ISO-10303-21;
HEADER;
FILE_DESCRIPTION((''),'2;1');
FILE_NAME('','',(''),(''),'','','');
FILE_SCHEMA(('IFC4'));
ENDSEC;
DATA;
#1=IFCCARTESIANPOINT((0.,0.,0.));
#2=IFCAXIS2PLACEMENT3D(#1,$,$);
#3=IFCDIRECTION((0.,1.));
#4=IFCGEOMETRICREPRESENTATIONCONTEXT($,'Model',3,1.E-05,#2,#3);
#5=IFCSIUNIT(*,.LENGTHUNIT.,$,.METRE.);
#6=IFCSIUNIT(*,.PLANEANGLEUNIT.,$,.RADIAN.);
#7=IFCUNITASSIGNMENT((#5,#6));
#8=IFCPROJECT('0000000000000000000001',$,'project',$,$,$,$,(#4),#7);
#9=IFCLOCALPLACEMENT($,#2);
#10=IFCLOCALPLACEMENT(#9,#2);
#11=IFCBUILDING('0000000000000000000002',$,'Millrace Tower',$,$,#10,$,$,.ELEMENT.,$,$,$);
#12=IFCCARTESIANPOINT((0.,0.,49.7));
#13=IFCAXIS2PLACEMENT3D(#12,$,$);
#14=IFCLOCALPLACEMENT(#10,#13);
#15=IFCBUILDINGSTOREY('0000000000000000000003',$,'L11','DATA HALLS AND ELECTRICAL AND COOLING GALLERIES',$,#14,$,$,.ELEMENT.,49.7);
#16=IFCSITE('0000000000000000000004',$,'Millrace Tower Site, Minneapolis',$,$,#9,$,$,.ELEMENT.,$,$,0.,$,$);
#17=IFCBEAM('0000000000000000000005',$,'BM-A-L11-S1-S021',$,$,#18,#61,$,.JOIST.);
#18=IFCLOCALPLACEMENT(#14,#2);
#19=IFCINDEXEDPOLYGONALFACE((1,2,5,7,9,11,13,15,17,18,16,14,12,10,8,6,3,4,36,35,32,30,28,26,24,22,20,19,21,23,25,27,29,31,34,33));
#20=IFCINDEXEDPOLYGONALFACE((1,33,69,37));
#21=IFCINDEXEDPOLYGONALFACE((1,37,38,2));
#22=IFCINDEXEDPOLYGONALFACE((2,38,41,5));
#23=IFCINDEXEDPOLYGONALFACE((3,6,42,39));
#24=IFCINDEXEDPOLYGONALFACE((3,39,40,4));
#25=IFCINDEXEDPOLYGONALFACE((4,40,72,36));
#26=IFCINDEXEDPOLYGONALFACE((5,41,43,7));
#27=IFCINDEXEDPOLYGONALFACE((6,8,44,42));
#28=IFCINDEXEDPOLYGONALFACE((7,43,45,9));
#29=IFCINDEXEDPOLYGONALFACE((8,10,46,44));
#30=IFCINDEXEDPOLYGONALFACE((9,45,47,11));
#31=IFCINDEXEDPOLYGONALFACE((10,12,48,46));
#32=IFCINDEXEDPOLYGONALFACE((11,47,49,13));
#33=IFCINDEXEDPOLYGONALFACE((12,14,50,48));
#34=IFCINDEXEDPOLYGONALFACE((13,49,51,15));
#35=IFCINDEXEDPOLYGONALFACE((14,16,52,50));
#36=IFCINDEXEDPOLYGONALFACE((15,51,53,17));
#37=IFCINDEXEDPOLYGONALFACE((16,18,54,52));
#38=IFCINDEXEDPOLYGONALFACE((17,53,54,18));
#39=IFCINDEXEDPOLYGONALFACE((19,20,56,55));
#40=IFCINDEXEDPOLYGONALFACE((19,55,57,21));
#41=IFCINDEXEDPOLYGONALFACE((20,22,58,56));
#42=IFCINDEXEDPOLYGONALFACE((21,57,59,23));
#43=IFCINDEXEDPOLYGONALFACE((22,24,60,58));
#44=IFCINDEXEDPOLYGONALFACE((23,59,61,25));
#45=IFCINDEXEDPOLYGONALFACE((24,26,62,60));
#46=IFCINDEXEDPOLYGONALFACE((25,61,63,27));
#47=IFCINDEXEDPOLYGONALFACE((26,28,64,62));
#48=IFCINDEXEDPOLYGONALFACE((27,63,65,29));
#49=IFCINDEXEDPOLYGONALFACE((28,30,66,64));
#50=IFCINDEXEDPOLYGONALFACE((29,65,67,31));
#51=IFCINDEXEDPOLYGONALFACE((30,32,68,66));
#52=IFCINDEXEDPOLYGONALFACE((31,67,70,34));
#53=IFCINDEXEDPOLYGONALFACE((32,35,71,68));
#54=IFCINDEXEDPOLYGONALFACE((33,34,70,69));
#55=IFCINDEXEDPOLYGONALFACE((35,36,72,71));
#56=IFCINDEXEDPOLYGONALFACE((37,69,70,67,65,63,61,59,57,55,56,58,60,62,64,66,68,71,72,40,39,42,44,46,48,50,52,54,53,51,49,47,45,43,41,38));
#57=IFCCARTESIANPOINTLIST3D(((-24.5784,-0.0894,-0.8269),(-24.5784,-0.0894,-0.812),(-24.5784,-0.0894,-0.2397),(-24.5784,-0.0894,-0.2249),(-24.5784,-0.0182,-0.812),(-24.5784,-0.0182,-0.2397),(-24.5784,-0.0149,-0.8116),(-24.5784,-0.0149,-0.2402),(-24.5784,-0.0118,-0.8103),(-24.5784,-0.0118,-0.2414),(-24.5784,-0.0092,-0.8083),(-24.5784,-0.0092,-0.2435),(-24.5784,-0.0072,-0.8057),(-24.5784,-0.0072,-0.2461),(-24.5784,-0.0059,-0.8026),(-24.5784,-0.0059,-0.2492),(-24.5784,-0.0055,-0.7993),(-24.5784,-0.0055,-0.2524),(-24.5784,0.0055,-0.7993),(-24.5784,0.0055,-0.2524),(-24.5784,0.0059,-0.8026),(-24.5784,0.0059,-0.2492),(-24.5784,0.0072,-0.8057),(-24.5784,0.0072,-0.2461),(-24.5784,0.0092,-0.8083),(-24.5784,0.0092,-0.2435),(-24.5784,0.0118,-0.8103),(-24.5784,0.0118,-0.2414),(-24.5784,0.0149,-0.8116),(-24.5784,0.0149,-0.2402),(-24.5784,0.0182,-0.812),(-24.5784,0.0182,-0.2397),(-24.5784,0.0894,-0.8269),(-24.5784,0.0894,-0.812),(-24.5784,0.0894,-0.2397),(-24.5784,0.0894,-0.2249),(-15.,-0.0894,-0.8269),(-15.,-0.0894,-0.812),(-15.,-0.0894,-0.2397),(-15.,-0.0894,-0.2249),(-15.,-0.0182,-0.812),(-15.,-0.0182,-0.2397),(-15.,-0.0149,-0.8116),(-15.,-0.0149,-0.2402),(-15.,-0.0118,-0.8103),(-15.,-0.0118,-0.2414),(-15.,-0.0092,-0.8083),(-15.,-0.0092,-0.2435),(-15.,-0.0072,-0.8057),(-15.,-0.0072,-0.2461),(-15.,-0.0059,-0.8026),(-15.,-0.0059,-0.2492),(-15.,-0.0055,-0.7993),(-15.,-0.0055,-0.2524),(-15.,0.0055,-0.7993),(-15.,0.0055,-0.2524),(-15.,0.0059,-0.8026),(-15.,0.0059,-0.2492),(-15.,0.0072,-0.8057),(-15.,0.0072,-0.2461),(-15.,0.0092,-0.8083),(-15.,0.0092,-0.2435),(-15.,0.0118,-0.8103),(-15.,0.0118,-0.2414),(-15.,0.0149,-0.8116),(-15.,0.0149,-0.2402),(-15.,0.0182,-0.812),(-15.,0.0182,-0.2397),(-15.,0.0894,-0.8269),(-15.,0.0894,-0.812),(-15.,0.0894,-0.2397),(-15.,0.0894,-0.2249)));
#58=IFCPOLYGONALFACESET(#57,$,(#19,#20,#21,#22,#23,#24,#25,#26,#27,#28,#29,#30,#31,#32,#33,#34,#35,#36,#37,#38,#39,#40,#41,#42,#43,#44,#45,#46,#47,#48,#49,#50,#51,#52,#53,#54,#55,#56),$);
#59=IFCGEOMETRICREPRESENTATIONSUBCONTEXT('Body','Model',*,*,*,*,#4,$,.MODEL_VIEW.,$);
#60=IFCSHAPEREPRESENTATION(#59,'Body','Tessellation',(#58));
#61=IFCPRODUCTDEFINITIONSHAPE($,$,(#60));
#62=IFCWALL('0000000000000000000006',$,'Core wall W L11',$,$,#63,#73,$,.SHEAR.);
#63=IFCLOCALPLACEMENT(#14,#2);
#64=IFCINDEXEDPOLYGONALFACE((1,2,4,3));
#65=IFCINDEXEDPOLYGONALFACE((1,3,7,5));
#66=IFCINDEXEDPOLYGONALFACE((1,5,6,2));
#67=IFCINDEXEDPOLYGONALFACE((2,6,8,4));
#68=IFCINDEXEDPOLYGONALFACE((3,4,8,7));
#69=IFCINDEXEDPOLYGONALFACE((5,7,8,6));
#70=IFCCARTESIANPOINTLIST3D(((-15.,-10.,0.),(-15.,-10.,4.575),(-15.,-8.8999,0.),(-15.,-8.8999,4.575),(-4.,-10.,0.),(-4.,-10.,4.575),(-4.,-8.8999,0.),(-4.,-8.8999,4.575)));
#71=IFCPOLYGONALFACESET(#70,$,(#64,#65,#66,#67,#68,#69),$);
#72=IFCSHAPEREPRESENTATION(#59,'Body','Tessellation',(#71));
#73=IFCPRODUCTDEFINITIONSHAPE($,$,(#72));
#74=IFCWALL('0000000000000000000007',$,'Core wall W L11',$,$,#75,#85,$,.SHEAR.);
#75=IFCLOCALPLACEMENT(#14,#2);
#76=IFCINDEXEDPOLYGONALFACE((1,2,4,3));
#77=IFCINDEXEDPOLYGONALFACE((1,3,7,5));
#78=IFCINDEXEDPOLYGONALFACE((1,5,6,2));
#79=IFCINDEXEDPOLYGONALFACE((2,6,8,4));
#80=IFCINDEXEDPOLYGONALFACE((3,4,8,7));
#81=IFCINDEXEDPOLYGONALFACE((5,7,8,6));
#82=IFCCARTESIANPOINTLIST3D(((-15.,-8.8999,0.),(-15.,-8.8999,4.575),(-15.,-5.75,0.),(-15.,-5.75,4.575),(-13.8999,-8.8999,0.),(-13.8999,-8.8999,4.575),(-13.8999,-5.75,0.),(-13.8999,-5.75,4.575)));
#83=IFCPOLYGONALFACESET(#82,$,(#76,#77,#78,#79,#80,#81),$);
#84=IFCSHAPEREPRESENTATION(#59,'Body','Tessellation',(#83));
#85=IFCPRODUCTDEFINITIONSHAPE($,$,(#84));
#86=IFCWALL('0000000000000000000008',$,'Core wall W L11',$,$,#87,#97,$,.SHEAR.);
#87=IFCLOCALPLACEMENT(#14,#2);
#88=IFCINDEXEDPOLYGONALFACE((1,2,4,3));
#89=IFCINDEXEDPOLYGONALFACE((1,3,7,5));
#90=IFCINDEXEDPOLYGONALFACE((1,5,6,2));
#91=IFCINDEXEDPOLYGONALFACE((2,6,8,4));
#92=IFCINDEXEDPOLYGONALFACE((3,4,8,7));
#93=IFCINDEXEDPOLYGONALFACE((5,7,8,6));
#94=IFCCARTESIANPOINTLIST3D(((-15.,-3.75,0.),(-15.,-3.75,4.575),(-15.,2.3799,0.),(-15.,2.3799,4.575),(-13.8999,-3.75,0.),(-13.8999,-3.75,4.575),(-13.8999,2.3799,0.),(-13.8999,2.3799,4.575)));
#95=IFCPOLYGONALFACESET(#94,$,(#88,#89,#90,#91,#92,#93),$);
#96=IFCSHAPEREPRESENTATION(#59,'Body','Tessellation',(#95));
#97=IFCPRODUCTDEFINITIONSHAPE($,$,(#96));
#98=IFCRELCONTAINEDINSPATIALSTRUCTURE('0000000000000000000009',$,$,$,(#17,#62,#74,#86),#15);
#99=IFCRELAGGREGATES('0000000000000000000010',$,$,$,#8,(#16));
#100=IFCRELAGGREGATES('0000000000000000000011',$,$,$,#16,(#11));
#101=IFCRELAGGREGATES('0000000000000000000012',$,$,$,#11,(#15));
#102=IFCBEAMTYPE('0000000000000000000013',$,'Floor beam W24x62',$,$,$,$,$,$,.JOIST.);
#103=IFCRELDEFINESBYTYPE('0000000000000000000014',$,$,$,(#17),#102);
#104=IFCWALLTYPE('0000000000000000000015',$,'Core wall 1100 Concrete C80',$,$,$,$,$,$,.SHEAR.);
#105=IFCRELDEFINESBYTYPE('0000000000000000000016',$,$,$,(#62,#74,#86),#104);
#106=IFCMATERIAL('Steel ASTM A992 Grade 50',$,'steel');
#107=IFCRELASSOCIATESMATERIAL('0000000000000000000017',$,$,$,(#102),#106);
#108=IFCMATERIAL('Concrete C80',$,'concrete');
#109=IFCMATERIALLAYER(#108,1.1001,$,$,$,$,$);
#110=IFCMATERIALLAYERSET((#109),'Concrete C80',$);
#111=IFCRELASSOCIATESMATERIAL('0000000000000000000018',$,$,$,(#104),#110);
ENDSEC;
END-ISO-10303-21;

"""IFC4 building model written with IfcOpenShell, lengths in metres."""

from ifc_helpers import new_model, si_unit, direction, frame, frame_2d, origin, origin_2d, place, context, subcontext, project, spatial, rectangle, i_section, extrude, material, layer, layer_set, material_profile, profile_set, type_object, element, save


model = new_model("IFC4")

# Units and contexts
model_context = context("Model", 3, precision=1e-05, world=origin(), true_north=direction((0.0, 1.0)))
body_context = subcontext(model_context, "Body", "Model", "MODEL_VIEW")
ifc_project = project(units=[si_unit("LENGTHUNIT", "METRE"), si_unit("PLANEANGLEUNIT", "RADIAN")], contexts=[model_context])

# Site, building, storey
site_placement = place(None, origin())
site = spatial("IfcSite", under=ifc_project, at=site_placement, Name="Millrace Tower Site, Minneapolis", CompositionType="ELEMENT", RefElevation=0.0)
building_placement = place(site_placement, origin())
building = spatial("IfcBuilding", under=site, at=building_placement, Name="Millrace Tower", CompositionType="ELEMENT")
storey_placement = place(building_placement, frame((0.0, 0.0, 49.7)))
storey = spatial("IfcBuildingStorey", under=building, at=storey_placement, Name="L11", Description="DATA HALLS AND ELECTRICAL AND COOLING GALLERIES", CompositionType="ELEMENT", Elevation=49.7)

# Beam
ifc_material_1 = material(Name="Steel ASTM A992 Grade 50", Category="steel")
ifc_material_profile_1 = material_profile(ifc_material_1, i_section(OverallWidth=0.1787, OverallDepth=0.6021, WebThickness=0.011, FlangeThickness=0.0149, FilletRadius=0.0127, at=origin_2d()))
ifc_profile_set_1 = profile_set([ifc_material_profile_1], Name="Steel ASTM A992 Grade 50")
beam_type_1 = type_object("IfcBeamType", Name="Floor beam W24x62", PredefinedType="JOIST", material=ifc_profile_set_1)
for number, where, z_axis, x_axis, name in (
    (1, (-24.5784, 0.0, -0.5259), (1.0, 0.0, 0.0), (0.0, 1.0, 0.0), "BM-A-L11-S1-S021"),
):
    element("IfcBeam", number, at=place(storey_placement, frame(where, z_axis=z_axis, x_axis=x_axis)), inside=storey, type_object=beam_type_1, Name=name, PredefinedType="JOIST", context=body_context, shape_type="SweptSolid", body=[
        extrude(i_section(OverallWidth=0.1787, OverallDepth=0.6021, WebThickness=0.011, FlangeThickness=0.0149, FilletRadius=0.0127, at=origin_2d()), origin(), (0.0, 0.0, 1.0), 9.5784),
    ])

# Walls
ifc_material_2 = material(Name="Concrete C80", Category="concrete")
ifc_layer_1 = layer(ifc_material_2, 1.1001)
ifc_layer_set_1 = layer_set([ifc_layer_1], Name="Concrete C80")
wall_type_1 = type_object("IfcWallType", Name="Core wall 1100 Concrete C80", PredefinedType="SHEAR", material=ifc_layer_set_1)
wall_1_placement = place(storey_placement, frame((-15.0, -9.45, 0.0), z_axis=(0.0, 0.0, 1.0), x_axis=(1.0, 0.0, 0.0)))
element("IfcWall", 2, at=wall_1_placement, inside=storey, type_object=wall_type_1, Name="Core wall W L11", PredefinedType="SHEAR", context=body_context, shape_type="SweptSolid", body=[
    extrude(rectangle(XDim=11.0, YDim=1.1001, at=frame_2d((5.5, 0.0))), origin(), (0.0, 0.0, 1.0), 4.575),
])
wall_2_placement = place(storey_placement, frame((-14.45, -8.8999, 0.0), z_axis=(0.0, 0.0, 1.0), x_axis=(0.0, 1.0, 0.0)))
element("IfcWall", 3, at=wall_2_placement, inside=storey, type_object=wall_type_1, Name="Core wall W L11", PredefinedType="SHEAR", context=body_context, shape_type="SweptSolid", body=[
    extrude(rectangle(XDim=3.1499, YDim=1.1001, at=frame_2d((1.575, 0.0))), origin(), (0.0, 0.0, 1.0), 4.575),
])
wall_3_placement = place(storey_placement, frame((-14.45, -3.75, 0.0), z_axis=(0.0, 0.0, 1.0), x_axis=(0.0, 1.0, 0.0)))
element("IfcWall", 4, at=wall_3_placement, inside=storey, type_object=wall_type_1, Name="Core wall W L11", PredefinedType="SHEAR", context=body_context, shape_type="SweptSolid", body=[
    extrude(rectangle(XDim=6.1299, YDim=1.1001, at=frame_2d((3.0649, 0.0))), origin(), (0.0, 0.0, 1.0), 4.575),
])

save(model, "model.ifc")
